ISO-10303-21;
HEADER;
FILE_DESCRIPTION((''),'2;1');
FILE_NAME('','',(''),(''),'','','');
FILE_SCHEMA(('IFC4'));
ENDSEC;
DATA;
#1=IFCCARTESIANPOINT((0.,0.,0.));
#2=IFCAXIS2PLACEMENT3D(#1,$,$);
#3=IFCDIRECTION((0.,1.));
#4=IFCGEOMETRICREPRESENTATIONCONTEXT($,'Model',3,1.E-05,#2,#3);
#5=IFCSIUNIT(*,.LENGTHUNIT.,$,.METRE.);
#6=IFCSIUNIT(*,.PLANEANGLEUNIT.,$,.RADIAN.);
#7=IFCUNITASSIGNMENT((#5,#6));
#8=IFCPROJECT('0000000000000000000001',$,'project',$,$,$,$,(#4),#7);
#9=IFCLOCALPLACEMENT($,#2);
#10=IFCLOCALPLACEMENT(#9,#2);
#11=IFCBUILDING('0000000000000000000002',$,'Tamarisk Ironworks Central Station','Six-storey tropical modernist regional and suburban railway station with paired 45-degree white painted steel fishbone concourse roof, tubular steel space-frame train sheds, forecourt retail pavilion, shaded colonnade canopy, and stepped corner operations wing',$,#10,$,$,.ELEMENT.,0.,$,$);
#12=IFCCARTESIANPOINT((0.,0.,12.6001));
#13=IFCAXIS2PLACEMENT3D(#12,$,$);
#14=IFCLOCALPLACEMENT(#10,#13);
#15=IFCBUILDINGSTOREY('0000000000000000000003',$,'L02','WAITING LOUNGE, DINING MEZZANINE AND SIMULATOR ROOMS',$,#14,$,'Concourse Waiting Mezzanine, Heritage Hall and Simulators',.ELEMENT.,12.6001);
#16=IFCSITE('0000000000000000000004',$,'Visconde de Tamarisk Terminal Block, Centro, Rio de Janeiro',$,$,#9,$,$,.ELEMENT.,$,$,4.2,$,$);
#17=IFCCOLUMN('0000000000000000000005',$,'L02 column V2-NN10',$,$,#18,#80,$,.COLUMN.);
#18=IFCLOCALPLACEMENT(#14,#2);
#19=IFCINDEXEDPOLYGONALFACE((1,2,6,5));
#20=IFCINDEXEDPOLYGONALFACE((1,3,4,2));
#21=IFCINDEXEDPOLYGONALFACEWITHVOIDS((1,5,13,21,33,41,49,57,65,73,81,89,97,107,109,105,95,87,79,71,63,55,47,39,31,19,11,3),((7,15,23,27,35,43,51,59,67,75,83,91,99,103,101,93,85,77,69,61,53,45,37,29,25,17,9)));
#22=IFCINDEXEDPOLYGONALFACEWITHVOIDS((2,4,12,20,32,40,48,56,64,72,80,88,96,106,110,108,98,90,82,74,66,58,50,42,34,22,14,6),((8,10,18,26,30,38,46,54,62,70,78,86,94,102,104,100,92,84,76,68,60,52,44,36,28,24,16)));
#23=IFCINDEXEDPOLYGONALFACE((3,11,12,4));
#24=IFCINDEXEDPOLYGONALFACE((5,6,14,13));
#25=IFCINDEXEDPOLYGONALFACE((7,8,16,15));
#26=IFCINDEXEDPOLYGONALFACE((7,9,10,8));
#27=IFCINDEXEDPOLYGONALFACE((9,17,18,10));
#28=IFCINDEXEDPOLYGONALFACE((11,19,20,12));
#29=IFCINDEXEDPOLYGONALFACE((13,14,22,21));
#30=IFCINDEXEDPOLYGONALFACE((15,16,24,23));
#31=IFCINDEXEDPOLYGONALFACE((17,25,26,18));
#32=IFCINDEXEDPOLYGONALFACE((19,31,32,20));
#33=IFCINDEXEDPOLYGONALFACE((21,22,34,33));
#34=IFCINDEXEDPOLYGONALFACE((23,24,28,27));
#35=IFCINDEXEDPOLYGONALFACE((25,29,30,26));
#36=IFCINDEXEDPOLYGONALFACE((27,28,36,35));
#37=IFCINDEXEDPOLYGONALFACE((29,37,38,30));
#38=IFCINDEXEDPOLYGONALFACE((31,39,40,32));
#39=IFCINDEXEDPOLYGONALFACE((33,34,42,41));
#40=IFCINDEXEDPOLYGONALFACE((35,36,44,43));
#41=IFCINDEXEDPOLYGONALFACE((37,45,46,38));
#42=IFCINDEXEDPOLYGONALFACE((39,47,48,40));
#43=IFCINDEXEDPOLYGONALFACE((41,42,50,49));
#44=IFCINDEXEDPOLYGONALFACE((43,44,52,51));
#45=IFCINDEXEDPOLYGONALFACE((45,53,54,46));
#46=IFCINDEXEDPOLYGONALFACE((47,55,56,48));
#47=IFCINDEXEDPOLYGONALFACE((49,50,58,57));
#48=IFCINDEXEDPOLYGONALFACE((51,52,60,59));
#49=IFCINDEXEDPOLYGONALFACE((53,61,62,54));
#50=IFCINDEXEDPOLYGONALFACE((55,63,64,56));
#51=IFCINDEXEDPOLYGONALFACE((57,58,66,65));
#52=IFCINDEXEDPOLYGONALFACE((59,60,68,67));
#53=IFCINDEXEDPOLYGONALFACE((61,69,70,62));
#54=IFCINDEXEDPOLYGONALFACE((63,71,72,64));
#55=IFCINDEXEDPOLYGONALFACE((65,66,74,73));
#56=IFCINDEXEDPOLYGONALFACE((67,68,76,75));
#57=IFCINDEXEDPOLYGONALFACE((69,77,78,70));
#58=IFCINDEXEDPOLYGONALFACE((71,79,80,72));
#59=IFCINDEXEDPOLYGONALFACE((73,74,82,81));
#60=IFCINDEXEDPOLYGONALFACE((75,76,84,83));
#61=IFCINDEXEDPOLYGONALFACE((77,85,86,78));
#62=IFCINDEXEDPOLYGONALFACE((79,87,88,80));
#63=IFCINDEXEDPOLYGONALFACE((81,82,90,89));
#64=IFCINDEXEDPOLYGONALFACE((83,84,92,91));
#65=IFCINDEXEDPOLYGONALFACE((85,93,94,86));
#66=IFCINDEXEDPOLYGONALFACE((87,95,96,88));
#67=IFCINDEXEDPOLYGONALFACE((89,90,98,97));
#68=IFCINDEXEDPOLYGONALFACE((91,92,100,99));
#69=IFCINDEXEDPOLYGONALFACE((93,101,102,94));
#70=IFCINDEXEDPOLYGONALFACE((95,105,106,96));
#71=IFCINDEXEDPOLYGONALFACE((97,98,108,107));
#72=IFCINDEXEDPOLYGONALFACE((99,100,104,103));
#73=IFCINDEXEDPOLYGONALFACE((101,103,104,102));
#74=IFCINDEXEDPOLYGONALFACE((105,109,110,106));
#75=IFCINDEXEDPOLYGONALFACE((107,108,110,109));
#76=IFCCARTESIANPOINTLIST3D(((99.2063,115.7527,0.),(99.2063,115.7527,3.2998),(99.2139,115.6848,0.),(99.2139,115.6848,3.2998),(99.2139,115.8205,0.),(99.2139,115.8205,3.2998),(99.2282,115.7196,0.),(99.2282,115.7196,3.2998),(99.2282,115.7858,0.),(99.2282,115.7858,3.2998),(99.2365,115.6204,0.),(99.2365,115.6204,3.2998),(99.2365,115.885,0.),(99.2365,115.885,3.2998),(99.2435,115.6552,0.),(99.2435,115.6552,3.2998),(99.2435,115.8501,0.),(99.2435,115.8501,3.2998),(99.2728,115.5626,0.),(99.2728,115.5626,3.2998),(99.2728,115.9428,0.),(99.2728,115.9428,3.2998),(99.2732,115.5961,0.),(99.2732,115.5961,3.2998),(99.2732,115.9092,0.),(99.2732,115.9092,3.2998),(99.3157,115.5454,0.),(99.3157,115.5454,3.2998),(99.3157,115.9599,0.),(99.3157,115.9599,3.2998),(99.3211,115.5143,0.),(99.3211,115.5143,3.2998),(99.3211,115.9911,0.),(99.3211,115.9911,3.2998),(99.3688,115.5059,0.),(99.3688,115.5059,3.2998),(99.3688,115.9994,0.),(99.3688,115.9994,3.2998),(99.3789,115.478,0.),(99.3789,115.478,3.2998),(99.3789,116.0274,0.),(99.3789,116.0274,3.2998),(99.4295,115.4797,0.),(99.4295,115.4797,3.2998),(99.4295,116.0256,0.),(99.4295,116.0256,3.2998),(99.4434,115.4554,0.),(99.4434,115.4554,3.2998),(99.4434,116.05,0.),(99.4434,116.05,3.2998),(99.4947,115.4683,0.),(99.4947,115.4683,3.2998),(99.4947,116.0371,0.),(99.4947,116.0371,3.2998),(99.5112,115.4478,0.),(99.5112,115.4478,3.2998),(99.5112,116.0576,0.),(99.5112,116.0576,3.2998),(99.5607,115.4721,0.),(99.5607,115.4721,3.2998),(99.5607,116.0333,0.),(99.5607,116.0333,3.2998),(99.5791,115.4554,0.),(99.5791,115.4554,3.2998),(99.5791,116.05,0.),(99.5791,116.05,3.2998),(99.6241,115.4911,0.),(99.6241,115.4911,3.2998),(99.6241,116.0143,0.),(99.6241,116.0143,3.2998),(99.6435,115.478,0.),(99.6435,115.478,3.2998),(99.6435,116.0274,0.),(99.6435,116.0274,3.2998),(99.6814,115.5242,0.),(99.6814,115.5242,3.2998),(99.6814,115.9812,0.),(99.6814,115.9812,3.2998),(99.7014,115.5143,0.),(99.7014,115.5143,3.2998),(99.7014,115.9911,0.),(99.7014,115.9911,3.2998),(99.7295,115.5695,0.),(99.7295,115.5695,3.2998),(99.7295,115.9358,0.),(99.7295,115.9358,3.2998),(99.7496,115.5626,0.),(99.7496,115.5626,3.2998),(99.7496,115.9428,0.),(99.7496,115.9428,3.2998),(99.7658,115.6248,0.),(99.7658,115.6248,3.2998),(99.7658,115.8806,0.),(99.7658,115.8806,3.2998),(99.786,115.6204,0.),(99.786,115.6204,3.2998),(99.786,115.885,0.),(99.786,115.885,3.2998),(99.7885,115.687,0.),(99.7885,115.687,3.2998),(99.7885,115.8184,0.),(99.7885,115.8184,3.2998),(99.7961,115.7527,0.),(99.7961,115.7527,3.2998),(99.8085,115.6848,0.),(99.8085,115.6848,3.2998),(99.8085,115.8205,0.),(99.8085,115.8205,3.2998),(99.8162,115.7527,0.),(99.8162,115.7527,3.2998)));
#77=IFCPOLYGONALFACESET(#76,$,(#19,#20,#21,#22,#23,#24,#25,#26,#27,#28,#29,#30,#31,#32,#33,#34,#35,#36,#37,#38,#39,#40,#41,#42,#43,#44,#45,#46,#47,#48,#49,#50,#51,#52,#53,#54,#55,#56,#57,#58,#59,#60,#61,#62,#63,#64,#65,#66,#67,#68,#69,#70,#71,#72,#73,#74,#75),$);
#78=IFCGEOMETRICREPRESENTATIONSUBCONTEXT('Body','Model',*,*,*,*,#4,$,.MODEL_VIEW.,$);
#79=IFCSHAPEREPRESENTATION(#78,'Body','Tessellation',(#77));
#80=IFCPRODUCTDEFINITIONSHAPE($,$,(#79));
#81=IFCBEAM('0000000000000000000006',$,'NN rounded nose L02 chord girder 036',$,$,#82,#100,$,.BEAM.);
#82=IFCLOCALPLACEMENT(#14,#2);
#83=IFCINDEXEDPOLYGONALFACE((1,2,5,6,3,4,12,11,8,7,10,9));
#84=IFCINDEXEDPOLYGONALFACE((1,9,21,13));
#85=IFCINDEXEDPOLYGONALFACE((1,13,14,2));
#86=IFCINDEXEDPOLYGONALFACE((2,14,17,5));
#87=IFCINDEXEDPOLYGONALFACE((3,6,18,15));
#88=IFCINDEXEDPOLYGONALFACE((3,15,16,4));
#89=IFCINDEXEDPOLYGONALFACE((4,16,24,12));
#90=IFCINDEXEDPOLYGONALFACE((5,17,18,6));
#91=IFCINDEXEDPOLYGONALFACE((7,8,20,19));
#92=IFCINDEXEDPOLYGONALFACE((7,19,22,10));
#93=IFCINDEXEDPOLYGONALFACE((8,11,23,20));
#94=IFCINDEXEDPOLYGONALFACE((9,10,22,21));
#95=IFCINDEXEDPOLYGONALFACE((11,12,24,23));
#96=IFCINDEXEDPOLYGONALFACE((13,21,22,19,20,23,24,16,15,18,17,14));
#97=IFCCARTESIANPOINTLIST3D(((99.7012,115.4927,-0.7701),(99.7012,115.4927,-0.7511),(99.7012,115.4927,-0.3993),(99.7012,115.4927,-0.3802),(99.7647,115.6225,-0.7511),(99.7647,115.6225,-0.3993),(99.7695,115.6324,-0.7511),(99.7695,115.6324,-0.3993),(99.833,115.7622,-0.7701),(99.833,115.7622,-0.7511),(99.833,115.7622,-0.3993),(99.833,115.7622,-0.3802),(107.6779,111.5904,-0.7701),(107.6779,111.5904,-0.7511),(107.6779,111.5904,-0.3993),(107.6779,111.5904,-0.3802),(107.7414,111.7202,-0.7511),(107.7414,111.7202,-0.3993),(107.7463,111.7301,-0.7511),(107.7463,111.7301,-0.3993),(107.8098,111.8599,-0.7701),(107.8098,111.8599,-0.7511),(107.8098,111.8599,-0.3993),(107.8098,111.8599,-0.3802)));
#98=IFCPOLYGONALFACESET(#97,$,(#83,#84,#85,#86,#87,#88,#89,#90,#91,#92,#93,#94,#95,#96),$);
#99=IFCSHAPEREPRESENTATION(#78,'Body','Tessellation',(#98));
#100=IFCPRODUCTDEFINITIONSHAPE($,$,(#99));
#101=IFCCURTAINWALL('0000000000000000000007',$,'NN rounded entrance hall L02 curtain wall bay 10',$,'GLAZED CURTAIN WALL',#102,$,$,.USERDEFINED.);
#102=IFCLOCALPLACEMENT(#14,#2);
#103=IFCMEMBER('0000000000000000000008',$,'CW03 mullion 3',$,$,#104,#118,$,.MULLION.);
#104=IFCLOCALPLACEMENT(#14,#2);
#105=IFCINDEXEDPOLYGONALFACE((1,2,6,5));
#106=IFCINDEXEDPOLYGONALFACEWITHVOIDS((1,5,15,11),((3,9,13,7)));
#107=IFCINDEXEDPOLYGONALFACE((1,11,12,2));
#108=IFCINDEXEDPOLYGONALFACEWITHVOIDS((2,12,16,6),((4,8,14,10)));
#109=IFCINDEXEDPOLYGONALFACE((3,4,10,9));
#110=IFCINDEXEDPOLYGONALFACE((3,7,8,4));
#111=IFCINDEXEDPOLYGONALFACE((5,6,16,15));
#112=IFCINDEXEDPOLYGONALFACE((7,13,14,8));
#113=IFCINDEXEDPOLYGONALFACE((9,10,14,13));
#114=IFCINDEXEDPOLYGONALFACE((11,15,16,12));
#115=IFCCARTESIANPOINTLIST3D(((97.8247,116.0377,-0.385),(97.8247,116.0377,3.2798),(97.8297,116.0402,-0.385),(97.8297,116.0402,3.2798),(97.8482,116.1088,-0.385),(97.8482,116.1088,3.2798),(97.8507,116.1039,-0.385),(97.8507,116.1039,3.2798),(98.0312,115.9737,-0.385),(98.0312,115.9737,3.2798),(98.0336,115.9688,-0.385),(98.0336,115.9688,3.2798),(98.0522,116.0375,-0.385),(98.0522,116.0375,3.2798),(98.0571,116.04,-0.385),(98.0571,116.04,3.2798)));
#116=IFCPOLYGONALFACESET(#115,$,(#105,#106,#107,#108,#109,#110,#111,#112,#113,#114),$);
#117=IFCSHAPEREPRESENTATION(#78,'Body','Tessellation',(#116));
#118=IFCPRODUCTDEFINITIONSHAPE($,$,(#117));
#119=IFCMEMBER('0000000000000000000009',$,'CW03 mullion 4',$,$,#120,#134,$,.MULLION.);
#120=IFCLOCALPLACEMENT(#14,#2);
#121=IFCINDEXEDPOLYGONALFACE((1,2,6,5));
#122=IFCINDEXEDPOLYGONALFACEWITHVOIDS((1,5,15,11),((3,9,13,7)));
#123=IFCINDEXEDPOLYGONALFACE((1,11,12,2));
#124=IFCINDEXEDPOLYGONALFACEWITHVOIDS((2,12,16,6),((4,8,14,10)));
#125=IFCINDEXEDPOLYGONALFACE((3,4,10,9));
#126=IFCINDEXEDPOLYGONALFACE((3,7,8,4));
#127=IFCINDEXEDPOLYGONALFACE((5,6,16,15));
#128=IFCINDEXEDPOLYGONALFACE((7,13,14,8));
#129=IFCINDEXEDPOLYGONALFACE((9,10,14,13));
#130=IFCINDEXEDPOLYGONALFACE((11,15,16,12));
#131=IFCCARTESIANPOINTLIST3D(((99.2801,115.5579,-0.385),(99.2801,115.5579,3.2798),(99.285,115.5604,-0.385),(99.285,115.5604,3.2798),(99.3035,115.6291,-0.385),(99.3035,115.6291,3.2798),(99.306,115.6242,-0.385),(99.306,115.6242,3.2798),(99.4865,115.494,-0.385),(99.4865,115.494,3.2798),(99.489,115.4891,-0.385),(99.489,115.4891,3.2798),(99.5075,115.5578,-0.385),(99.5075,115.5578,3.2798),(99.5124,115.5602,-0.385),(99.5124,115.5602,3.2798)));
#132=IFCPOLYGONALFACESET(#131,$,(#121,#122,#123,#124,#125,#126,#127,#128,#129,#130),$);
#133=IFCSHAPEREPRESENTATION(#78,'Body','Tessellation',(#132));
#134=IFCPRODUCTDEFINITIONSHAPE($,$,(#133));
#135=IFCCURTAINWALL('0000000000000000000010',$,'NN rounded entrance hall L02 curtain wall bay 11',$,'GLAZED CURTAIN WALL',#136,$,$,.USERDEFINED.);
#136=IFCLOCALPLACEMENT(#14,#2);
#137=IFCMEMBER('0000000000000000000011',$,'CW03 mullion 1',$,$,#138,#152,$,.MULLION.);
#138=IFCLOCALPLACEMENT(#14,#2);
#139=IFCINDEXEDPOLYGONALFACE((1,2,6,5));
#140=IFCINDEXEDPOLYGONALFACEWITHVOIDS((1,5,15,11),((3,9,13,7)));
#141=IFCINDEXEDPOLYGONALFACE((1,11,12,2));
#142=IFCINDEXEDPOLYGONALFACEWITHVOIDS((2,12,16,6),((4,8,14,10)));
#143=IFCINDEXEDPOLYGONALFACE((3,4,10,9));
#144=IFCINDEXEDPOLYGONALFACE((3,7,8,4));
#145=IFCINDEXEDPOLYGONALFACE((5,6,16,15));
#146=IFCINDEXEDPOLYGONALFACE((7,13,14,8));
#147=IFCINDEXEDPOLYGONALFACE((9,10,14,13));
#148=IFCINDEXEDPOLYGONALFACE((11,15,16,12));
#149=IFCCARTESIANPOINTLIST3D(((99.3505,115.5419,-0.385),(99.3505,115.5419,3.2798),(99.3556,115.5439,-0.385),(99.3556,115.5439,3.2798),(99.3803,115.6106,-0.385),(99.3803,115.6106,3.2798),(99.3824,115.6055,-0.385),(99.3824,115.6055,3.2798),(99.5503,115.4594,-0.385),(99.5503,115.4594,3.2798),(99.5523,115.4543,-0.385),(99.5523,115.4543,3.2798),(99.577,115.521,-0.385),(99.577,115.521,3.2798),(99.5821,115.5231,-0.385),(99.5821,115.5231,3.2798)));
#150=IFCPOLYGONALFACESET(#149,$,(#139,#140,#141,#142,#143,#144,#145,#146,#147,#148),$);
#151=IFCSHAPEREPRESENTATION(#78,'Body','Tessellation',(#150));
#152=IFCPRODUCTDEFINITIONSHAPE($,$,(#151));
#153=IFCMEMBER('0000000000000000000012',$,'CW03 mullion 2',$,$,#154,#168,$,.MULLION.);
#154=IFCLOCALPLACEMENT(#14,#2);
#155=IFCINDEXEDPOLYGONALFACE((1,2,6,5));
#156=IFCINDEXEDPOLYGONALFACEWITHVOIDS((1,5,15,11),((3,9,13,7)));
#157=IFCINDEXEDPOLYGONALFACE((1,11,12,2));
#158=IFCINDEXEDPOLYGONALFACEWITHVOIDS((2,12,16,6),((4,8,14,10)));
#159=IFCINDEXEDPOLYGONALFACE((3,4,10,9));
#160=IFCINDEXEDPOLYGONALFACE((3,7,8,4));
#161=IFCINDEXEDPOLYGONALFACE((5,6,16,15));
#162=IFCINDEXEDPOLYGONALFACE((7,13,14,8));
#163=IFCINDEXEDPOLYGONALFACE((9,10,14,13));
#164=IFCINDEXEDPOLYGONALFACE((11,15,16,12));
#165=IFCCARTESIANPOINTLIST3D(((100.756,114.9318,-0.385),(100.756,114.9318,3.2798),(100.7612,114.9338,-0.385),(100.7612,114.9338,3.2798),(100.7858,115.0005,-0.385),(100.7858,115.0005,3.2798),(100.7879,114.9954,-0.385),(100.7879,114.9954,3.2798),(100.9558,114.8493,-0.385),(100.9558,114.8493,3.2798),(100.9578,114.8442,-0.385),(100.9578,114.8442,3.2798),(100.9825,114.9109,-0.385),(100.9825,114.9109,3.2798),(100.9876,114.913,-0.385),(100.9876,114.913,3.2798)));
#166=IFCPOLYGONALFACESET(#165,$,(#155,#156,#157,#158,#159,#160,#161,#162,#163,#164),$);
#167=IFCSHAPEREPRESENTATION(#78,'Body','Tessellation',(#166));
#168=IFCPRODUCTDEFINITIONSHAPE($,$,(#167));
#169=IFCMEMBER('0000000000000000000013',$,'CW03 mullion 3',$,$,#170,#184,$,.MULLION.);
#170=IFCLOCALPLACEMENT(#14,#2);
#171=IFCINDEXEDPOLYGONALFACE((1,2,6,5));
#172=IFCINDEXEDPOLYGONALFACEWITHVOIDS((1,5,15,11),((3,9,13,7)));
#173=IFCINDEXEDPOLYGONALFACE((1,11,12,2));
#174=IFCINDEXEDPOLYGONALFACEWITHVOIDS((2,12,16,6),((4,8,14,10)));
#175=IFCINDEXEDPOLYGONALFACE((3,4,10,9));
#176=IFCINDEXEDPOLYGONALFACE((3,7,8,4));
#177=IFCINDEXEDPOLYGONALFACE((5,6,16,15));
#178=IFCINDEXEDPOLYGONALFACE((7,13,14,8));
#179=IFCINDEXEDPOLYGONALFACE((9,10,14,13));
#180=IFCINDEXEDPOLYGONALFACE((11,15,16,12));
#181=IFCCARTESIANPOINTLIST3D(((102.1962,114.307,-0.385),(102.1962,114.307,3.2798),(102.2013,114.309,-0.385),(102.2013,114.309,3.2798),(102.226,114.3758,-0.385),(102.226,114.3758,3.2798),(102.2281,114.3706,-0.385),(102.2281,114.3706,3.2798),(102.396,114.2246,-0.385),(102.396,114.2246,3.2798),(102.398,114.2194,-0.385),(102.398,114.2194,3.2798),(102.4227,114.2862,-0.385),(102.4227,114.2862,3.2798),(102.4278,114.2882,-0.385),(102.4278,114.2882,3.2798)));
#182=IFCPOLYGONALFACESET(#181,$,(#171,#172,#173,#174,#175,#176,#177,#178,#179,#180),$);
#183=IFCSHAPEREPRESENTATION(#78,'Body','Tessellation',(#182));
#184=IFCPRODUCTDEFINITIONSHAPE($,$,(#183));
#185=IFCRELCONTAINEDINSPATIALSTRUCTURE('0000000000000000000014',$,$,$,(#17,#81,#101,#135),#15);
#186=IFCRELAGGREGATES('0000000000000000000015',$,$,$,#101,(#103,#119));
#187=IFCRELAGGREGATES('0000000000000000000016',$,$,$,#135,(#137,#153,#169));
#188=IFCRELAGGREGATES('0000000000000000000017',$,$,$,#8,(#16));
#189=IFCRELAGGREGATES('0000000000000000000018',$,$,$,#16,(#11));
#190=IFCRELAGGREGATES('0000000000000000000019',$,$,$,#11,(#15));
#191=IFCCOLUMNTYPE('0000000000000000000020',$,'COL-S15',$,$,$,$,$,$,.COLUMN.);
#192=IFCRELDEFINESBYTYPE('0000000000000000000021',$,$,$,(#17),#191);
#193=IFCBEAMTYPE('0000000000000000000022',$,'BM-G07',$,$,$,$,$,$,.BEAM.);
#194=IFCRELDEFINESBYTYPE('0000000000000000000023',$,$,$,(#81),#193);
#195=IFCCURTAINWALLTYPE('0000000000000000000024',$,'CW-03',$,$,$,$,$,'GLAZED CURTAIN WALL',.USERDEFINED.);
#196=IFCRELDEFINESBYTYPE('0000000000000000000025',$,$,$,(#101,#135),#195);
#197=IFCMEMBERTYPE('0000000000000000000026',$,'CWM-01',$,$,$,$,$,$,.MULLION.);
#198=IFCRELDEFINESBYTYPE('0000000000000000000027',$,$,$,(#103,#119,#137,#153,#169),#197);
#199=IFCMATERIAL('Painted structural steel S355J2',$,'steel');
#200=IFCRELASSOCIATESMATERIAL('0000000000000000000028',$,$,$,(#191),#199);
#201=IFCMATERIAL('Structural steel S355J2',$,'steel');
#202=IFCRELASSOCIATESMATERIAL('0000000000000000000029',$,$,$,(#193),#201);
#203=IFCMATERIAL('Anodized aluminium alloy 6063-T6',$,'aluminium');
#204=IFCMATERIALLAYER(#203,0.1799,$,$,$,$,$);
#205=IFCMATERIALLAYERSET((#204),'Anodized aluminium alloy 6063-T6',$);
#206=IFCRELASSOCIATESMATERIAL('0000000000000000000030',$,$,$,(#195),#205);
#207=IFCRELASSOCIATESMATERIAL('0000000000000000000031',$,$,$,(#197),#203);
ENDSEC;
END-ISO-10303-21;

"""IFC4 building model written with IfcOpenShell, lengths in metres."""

from ifc_helpers import new_model, si_unit, direction, frame, origin, origin_2d, place, context, subcontext, project, spatial, hollow_rectangle, hollow_circle, i_section, extrude, material, layer, layer_set, material_profile, profile_set, type_object, element, aggregate, save


model = new_model("IFC4")

# Units and contexts
model_context = context("Model", 3, precision=1e-05, world=origin(), true_north=direction((0.0, 1.0)))
body_context = subcontext(model_context, "Body", "Model", "MODEL_VIEW")
ifc_project = project(units=[si_unit("LENGTHUNIT", "METRE"), si_unit("PLANEANGLEUNIT", "RADIAN")], contexts=[model_context])

# Site, building, storey
site_placement = place(None, origin())
site = spatial("IfcSite", under=ifc_project, at=site_placement, Name="Visconde de Tamarisk Terminal Block, Centro, Rio de Janeiro", CompositionType="ELEMENT", RefElevation=4.2)
building_placement = place(site_placement, origin())
building = spatial("IfcBuilding", under=site, at=building_placement, Name="Tamarisk Ironworks Central Station", Description="Six-storey tropical modernist regional and suburban railway station with paired 45-degree white painted steel fishbone concourse roof, tubular steel space-frame train sheds, forecourt retail pavilion, shaded colonnade canopy, and stepped corner operations wing", CompositionType="ELEMENT", ElevationOfRefHeight=0.0)
storey_placement = place(building_placement, frame((0.0, 0.0, 12.6001)))
storey = spatial("IfcBuildingStorey", under=building, at=storey_placement, Name="L02", Description="WAITING LOUNGE, DINING MEZZANINE AND SIMULATOR ROOMS", LongName="Concourse Waiting Mezzanine, Heritage Hall and Simulators", CompositionType="ELEMENT", Elevation=12.6001)

# Column
ifc_material_1 = material(Name="Painted structural steel S355J2", Category="steel")
ifc_material_profile_1 = material_profile(ifc_material_1, hollow_circle(Radius=0.3049, WallThickness=0.02, at=origin_2d()), Name="CHS 610x20")
ifc_profile_set_1 = profile_set([ifc_material_profile_1], Name="Painted structural steel S355J2")
column_type = type_object("IfcColumnType", Name="COL-S15", PredefinedType="COLUMN", material=ifc_profile_set_1)
column_placement = place(storey_placement, frame((99.5112, 115.7527, 0.0), z_axis=(0.0, 0.0, 1.0), x_axis=(1.0, 0.0, 0.0)))
element("IfcColumn", 1, at=column_placement, inside=storey, type_object=column_type, Name="L02 column V2-NN10", PredefinedType="COLUMN", context=body_context, shape_type="SweptSolid", body=[
    extrude(hollow_circle(Radius=0.3049, WallThickness=0.02, at=origin_2d()), origin(), (0.0, 0.0, 1.0), 3.2998),
])

# Beam
ifc_material_2 = material(Name="Structural steel S355J2", Category="steel")
ifc_material_profile_2 = material_profile(ifc_material_2, i_section(OverallWidth=0.3, OverallDepth=0.3899, WebThickness=0.011, FlangeThickness=0.019, at=origin_2d()), Name="HEA 400")
ifc_profile_set_2 = profile_set([ifc_material_profile_2], Name="Structural steel S355J2")
beam_type = type_object("IfcBeamType", Name="BM-G07", PredefinedType="BEAM", material=ifc_profile_set_2)
beam_placement = place(storey_placement, frame((99.7671, 115.6274, -0.5752), z_axis=(0.89827, -0.439444, 0.0), x_axis=(0.439444, 0.89827, 0.0)))
element("IfcBeam", 2, at=beam_placement, inside=storey, type_object=beam_type, Name="NN rounded nose L02 chord girder 036", PredefinedType="BEAM", context=body_context, shape_type="SweptSolid", body=[
    extrude(i_section(OverallWidth=0.3, OverallDepth=0.3899, WebThickness=0.011, FlangeThickness=0.019, at=origin_2d()), origin(), (0.0, 0.0, 1.0), 8.8801),
])

# Curtain walls, members
ifc_material_3 = material(Name="Anodized aluminium alloy 6063-T6", Category="aluminium")
ifc_layer_1 = layer(ifc_material_3, 0.1799)
ifc_layer_set_1 = layer_set([ifc_layer_1], Name="Anodized aluminium alloy 6063-T6")
curtain_wall_type = type_object("IfcCurtainWallType", Name="CW-03", ElementType="GLAZED CURTAIN WALL", PredefinedType="USERDEFINED", material=ifc_layer_set_1)
curtain_wall_1_placement = place(storey_placement, origin())
curtain_wall_1 = element("IfcCurtainWall", 3, at=curtain_wall_1_placement, inside=storey, type_object=curtain_wall_type, Name="NN rounded entrance hall L02 curtain wall bay 10", ObjectType="GLAZED CURTAIN WALL", PredefinedType="USERDEFINED")
ifc_material_profile_3 = material_profile(ifc_material_3, hollow_rectangle(XDim=0.075, YDim=0.22, WallThickness=0.0039, at=origin_2d()), Name="ALUM 220x75")
ifc_profile_set_3 = profile_set([ifc_material_profile_3], Name="Anodized aluminium alloy 6063-T6")
member_type_1 = type_object("IfcMemberType", Name="CWM-01", PredefinedType="MULLION", material=ifc_profile_set_3)
member_1_placement = place(storey_placement, frame((97.9409, 116.0388, -0.385), z_axis=(0.0, 0.0, 1.0), x_axis=(0.313098, 0.949721, 0.0)))
member_1 = element("IfcMember", 4, at=member_1_placement, type_object=member_type_1, Name="CW03 mullion 3", PredefinedType="MULLION", context=body_context, shape_type="SweptSolid", body=[
    extrude(hollow_rectangle(XDim=0.075, YDim=0.22, WallThickness=0.0039, at=origin_2d()), origin(), (0.0, 0.0, 1.0), 3.6648),
])
member_2_placement = place(storey_placement, frame((99.3962, 115.5591, -0.385), z_axis=(0.0, 0.0, 1.0), x_axis=(0.313098, 0.949721, 0.0)))
member_2 = element("IfcMember", 5, at=member_2_placement, type_object=member_type_1, Name="CW03 mullion 4", PredefinedType="MULLION", context=body_context, shape_type="SweptSolid", body=[
    extrude(hollow_rectangle(XDim=0.075, YDim=0.22, WallThickness=0.0039, at=origin_2d()), origin(), (0.0, 0.0, 1.0), 3.6648),
])
curtain_wall_2_placement = place(storey_placement, origin())
curtain_wall_2 = element("IfcCurtainWall", 6, at=curtain_wall_2_placement, inside=storey, type_object=curtain_wall_type, Name="NN rounded entrance hall L02 curtain wall bay 11", ObjectType="GLAZED CURTAIN WALL", PredefinedType="USERDEFINED")
member_3_placement = place(storey_placement, frame((99.4663, 115.5325, -0.385), z_axis=(0.0, 0.0, 1.0), x_axis=(0.398077, 0.917352, 0.0)))
member_3 = element("IfcMember", 7, at=member_3_placement, type_object=member_type_1, Name="CW03 mullion 1", PredefinedType="MULLION", context=body_context, shape_type="SweptSolid", body=[
    extrude(hollow_rectangle(XDim=0.075, YDim=0.22, WallThickness=0.0039, at=origin_2d()), origin(), (0.0, 0.0, 1.0), 3.6648),
])
member_4_placement = place(storey_placement, frame((100.8718, 114.9224, -0.385), z_axis=(0.0, 0.0, 1.0), x_axis=(0.398077, 0.917352, 0.0)))
member_4 = element("IfcMember", 8, at=member_4_placement, type_object=member_type_1, Name="CW03 mullion 2", PredefinedType="MULLION", context=body_context, shape_type="SweptSolid", body=[
    extrude(hollow_rectangle(XDim=0.075, YDim=0.22, WallThickness=0.0039, at=origin_2d()), origin(), (0.0, 0.0, 1.0), 3.6648),
])
member_5_placement = place(storey_placement, frame((102.312, 114.2976, -0.385), z_axis=(0.0, 0.0, 1.0), x_axis=(0.398077, 0.917352, 0.0)))
member_5 = element("IfcMember", 9, at=member_5_placement, type_object=member_type_1, Name="CW03 mullion 3", PredefinedType="MULLION", context=body_context, shape_type="SweptSolid", body=[
    extrude(hollow_rectangle(XDim=0.075, YDim=0.22, WallThickness=0.0039, at=origin_2d()), origin(), (0.0, 0.0, 1.0), 3.6648),
])

aggregate(curtain_wall_1, [member_1, member_2])
aggregate(curtain_wall_2, [member_3, member_4, member_5])

save(model, "model.ifc")
